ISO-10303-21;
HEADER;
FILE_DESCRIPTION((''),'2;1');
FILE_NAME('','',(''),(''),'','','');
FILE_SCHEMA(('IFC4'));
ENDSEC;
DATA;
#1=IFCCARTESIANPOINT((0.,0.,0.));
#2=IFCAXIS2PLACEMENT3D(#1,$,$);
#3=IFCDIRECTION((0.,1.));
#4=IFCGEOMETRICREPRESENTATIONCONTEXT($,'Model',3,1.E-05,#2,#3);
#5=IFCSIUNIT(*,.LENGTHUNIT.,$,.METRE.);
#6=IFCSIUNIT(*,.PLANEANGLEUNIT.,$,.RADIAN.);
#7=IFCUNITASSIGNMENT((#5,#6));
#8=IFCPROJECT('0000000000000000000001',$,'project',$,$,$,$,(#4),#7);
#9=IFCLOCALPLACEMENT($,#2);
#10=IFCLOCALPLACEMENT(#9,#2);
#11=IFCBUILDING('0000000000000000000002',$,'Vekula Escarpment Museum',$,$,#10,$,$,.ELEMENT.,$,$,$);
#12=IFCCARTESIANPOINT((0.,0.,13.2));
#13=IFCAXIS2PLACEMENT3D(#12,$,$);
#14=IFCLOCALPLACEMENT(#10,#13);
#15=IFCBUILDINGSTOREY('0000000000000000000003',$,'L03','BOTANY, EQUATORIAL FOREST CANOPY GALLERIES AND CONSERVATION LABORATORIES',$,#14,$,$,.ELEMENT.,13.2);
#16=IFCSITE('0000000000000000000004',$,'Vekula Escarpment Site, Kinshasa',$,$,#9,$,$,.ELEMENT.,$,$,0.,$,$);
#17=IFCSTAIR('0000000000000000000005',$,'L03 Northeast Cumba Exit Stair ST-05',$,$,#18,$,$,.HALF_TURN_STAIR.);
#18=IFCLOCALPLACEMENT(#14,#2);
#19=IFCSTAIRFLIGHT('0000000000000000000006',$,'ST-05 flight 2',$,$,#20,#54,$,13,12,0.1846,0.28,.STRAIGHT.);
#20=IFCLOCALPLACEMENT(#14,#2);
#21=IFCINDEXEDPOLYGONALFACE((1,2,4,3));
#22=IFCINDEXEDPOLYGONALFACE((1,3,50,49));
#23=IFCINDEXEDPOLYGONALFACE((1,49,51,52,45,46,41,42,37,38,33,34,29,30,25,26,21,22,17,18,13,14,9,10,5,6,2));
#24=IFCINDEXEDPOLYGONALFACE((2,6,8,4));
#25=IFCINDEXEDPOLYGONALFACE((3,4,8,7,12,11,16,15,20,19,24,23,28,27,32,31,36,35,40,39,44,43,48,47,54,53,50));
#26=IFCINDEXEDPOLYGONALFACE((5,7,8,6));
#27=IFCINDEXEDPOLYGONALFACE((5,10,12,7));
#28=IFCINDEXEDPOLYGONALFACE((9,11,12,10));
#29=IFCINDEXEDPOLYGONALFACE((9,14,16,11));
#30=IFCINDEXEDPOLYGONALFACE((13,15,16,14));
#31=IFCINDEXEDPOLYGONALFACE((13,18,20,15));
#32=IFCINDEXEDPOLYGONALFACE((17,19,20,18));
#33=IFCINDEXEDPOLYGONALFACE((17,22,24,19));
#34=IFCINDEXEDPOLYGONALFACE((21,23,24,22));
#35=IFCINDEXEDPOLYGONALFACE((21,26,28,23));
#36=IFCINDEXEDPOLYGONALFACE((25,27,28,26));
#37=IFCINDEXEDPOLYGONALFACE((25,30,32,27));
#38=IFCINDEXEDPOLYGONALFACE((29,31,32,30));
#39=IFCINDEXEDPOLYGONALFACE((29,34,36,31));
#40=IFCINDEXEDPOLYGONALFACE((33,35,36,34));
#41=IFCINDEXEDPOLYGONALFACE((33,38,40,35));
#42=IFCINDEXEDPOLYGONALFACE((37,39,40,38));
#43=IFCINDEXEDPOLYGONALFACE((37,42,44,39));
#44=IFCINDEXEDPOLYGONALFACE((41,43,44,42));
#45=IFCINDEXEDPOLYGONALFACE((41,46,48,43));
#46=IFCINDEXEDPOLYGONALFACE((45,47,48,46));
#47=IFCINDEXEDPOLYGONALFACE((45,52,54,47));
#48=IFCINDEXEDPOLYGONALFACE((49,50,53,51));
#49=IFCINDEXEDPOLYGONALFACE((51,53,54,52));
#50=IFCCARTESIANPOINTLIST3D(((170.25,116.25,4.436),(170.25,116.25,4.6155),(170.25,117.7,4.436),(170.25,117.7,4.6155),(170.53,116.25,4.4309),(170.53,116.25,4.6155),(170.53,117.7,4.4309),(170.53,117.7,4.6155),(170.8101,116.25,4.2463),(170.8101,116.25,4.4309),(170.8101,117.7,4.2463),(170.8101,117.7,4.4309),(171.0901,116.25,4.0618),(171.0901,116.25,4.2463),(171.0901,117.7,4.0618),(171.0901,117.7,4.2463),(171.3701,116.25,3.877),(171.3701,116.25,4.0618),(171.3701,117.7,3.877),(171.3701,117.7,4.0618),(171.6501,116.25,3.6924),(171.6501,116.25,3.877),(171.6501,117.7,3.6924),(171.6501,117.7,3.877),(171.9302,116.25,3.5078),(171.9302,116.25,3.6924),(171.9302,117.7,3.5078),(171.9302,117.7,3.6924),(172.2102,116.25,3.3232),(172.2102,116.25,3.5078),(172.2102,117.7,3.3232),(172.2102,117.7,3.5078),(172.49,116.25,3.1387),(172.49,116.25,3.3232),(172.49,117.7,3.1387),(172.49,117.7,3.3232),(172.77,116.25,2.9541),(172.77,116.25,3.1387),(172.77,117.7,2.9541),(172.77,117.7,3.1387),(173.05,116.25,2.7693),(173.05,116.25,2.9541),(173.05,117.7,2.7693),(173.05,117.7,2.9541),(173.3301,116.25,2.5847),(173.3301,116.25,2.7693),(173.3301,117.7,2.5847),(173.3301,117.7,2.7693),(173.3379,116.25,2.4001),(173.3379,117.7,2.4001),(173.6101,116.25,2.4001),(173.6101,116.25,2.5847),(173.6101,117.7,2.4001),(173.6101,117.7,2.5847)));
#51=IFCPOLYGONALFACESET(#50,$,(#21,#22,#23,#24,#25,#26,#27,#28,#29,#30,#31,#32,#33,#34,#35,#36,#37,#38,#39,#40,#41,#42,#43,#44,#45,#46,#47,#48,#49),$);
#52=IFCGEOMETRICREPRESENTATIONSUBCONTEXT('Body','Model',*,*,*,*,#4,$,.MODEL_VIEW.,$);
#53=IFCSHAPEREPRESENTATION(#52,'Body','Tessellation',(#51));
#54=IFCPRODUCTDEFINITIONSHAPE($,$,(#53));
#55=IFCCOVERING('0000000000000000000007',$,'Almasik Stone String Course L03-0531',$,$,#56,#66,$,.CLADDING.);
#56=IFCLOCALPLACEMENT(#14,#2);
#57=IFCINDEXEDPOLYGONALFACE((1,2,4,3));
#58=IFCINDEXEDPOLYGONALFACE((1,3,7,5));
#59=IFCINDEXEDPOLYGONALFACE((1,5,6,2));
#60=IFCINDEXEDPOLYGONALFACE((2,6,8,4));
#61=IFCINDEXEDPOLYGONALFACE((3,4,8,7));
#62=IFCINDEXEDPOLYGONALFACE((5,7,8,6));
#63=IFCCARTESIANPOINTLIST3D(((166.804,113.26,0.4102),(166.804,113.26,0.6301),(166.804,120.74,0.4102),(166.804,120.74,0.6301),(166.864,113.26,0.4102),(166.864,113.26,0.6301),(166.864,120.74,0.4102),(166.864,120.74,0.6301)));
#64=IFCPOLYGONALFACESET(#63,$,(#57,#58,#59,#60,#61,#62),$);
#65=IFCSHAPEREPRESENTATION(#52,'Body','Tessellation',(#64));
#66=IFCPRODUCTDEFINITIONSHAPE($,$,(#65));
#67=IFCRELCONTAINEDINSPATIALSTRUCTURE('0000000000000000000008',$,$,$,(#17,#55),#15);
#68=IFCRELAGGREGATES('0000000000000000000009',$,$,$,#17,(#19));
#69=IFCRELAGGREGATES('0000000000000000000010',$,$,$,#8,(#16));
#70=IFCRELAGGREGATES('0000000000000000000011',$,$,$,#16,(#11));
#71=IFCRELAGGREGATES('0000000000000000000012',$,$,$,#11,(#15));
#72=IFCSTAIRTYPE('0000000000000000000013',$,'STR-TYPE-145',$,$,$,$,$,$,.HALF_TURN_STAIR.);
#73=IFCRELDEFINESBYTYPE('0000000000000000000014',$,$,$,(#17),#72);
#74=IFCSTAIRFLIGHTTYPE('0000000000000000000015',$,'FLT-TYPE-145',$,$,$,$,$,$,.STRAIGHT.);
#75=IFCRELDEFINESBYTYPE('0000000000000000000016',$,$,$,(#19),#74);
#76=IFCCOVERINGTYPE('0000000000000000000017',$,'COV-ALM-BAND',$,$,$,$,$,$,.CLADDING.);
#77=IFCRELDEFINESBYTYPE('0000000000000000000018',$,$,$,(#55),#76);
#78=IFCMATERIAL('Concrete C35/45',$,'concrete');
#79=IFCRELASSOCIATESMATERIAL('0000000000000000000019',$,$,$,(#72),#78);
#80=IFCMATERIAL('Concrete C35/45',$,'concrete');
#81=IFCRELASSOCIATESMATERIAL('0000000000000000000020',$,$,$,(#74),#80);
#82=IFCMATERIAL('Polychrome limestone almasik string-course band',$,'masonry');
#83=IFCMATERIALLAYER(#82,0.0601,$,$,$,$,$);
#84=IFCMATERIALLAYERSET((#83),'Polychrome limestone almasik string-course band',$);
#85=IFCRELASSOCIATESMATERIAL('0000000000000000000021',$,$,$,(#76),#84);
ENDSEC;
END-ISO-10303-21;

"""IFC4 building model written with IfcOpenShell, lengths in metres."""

from ifc_helpers import new_model, si_unit, direction, frame, origin, origin_2d, place, context, subcontext, project, spatial, polyline, rectangle, outline, extrude, material, layer, layer_set, type_object, element, aggregate, save


model = new_model("IFC4")

# Units and contexts
model_context = context("Model", 3, precision=1e-05, world=origin(), true_north=direction((0.0, 1.0)))
body_context = subcontext(model_context, "Body", "Model", "MODEL_VIEW")
ifc_project = project(units=[si_unit("LENGTHUNIT", "METRE"), si_unit("PLANEANGLEUNIT", "RADIAN")], contexts=[model_context])

# Site, building, storey
site_placement = place(None, origin())
site = spatial("IfcSite", under=ifc_project, at=site_placement, Name="Vekula Escarpment Site, Kinshasa", CompositionType="ELEMENT", RefElevation=0.0)
building_placement = place(site_placement, origin())
building = spatial("IfcBuilding", under=site, at=building_placement, Name="Vekula Escarpment Museum", CompositionType="ELEMENT")
storey_placement = place(building_placement, frame((0.0, 0.0, 13.2)))
storey = spatial("IfcBuildingStorey", under=building, at=storey_placement, Name="L03", Description="BOTANY, EQUATORIAL FOREST CANOPY GALLERIES AND CONSERVATION LABORATORIES", CompositionType="ELEMENT", Elevation=13.2)

# Stair, stair flight
ifc_material_1 = material(Name="Concrete C35/45", Category="concrete")
stair_type = type_object("IfcStairType", Name="STR-TYPE-145", PredefinedType="HALF_TURN_STAIR", material=ifc_material_1)
stair_placement = place(storey_placement, origin())
stair = element("IfcStair", 1, at=stair_placement, inside=storey, type_object=stair_type, Name="L03 Northeast Cumba Exit Stair ST-05", PredefinedType="HALF_TURN_STAIR")
ifc_material_2 = material(Name="Concrete C35/45", Category="concrete")
stair_flight_type = type_object("IfcStairFlightType", Name="FLT-TYPE-145", PredefinedType="STRAIGHT", material=ifc_material_2)
stair_flight_1_placement = place(storey_placement, frame((173.6101, 116.9751, 2.4001), z_axis=(0.0, 0.0, 1.0), x_axis=(-1.0, 0.0, 0.0)))
stair_flight_1 = element("IfcStairFlight", 2, at=stair_flight_1_placement, type_object=stair_flight_type, Name="ST-05 flight 2", NumberOfRisers=13, NumberOfTreads=12, PredefinedType="STRAIGHT", RiserHeight=0.1846, TreadLength=0.28, context=body_context, shape_type="SweptSolid", body=[
    extrude(outline(polyline([(0.0, 0.0), (0.0, 0.1846), (0.28, 0.1846), (0.28, 0.3691), (0.5601, 0.3691), (0.5601, 0.554), (0.8401, 0.554), (0.8401, 0.7385), (1.1201, 0.7385), (1.1201, 0.9231), (1.3999, 0.9231), (1.3999, 1.1077), (1.6799, 1.1077), (1.6799, 1.2922), (1.96, 1.2922), (1.96, 1.4768), (2.24, 1.4768), (2.24, 1.6616), (2.52, 1.6616), (2.52, 1.8462), (2.8, 1.8462), (2.8, 2.0308), (3.0801, 2.0308), (3.0801, 2.2153), (3.3601, 2.2153), (3.3601, 2.3999), (3.3601, 2.0359), (0.2722, 0.0), (0.0, 0.0)])), frame((0.0, 0.7251, 0.0), z_axis=(0.0, -1.0, 0.0), x_axis=(1.0, 0.0, 0.0)), (0.0, 0.0, 1.0), 1.45),
])
aggregate(stair, [stair_flight_1])

# Covering
ifc_material_3 = material(Name="Polychrome limestone almasik string-course band", Category="masonry")
ifc_layer_1 = layer(ifc_material_3, 0.0601)
ifc_layer_set_1 = layer_set([ifc_layer_1], Name="Polychrome limestone almasik string-course band")
covering_type = type_object("IfcCoveringType", Name="COV-ALM-BAND", PredefinedType="CLADDING", material=ifc_layer_set_1)
covering_placement = place(storey_placement, frame((166.834, 117.0, 0.4102), z_axis=(0.0, 0.0, 1.0), x_axis=(0.0, 1.0, 0.0)))
element("IfcCovering", 3, at=covering_placement, inside=storey, type_object=covering_type, Name="Almasik Stone String Course L03-0531", PredefinedType="CLADDING", context=body_context, shape_type="SweptSolid", body=[
    extrude(rectangle(XDim=7.48, YDim=0.0601, at=origin_2d()), origin(), (0.0, 0.0, 1.0), 0.22),
])

save(model, "model.ifc")
